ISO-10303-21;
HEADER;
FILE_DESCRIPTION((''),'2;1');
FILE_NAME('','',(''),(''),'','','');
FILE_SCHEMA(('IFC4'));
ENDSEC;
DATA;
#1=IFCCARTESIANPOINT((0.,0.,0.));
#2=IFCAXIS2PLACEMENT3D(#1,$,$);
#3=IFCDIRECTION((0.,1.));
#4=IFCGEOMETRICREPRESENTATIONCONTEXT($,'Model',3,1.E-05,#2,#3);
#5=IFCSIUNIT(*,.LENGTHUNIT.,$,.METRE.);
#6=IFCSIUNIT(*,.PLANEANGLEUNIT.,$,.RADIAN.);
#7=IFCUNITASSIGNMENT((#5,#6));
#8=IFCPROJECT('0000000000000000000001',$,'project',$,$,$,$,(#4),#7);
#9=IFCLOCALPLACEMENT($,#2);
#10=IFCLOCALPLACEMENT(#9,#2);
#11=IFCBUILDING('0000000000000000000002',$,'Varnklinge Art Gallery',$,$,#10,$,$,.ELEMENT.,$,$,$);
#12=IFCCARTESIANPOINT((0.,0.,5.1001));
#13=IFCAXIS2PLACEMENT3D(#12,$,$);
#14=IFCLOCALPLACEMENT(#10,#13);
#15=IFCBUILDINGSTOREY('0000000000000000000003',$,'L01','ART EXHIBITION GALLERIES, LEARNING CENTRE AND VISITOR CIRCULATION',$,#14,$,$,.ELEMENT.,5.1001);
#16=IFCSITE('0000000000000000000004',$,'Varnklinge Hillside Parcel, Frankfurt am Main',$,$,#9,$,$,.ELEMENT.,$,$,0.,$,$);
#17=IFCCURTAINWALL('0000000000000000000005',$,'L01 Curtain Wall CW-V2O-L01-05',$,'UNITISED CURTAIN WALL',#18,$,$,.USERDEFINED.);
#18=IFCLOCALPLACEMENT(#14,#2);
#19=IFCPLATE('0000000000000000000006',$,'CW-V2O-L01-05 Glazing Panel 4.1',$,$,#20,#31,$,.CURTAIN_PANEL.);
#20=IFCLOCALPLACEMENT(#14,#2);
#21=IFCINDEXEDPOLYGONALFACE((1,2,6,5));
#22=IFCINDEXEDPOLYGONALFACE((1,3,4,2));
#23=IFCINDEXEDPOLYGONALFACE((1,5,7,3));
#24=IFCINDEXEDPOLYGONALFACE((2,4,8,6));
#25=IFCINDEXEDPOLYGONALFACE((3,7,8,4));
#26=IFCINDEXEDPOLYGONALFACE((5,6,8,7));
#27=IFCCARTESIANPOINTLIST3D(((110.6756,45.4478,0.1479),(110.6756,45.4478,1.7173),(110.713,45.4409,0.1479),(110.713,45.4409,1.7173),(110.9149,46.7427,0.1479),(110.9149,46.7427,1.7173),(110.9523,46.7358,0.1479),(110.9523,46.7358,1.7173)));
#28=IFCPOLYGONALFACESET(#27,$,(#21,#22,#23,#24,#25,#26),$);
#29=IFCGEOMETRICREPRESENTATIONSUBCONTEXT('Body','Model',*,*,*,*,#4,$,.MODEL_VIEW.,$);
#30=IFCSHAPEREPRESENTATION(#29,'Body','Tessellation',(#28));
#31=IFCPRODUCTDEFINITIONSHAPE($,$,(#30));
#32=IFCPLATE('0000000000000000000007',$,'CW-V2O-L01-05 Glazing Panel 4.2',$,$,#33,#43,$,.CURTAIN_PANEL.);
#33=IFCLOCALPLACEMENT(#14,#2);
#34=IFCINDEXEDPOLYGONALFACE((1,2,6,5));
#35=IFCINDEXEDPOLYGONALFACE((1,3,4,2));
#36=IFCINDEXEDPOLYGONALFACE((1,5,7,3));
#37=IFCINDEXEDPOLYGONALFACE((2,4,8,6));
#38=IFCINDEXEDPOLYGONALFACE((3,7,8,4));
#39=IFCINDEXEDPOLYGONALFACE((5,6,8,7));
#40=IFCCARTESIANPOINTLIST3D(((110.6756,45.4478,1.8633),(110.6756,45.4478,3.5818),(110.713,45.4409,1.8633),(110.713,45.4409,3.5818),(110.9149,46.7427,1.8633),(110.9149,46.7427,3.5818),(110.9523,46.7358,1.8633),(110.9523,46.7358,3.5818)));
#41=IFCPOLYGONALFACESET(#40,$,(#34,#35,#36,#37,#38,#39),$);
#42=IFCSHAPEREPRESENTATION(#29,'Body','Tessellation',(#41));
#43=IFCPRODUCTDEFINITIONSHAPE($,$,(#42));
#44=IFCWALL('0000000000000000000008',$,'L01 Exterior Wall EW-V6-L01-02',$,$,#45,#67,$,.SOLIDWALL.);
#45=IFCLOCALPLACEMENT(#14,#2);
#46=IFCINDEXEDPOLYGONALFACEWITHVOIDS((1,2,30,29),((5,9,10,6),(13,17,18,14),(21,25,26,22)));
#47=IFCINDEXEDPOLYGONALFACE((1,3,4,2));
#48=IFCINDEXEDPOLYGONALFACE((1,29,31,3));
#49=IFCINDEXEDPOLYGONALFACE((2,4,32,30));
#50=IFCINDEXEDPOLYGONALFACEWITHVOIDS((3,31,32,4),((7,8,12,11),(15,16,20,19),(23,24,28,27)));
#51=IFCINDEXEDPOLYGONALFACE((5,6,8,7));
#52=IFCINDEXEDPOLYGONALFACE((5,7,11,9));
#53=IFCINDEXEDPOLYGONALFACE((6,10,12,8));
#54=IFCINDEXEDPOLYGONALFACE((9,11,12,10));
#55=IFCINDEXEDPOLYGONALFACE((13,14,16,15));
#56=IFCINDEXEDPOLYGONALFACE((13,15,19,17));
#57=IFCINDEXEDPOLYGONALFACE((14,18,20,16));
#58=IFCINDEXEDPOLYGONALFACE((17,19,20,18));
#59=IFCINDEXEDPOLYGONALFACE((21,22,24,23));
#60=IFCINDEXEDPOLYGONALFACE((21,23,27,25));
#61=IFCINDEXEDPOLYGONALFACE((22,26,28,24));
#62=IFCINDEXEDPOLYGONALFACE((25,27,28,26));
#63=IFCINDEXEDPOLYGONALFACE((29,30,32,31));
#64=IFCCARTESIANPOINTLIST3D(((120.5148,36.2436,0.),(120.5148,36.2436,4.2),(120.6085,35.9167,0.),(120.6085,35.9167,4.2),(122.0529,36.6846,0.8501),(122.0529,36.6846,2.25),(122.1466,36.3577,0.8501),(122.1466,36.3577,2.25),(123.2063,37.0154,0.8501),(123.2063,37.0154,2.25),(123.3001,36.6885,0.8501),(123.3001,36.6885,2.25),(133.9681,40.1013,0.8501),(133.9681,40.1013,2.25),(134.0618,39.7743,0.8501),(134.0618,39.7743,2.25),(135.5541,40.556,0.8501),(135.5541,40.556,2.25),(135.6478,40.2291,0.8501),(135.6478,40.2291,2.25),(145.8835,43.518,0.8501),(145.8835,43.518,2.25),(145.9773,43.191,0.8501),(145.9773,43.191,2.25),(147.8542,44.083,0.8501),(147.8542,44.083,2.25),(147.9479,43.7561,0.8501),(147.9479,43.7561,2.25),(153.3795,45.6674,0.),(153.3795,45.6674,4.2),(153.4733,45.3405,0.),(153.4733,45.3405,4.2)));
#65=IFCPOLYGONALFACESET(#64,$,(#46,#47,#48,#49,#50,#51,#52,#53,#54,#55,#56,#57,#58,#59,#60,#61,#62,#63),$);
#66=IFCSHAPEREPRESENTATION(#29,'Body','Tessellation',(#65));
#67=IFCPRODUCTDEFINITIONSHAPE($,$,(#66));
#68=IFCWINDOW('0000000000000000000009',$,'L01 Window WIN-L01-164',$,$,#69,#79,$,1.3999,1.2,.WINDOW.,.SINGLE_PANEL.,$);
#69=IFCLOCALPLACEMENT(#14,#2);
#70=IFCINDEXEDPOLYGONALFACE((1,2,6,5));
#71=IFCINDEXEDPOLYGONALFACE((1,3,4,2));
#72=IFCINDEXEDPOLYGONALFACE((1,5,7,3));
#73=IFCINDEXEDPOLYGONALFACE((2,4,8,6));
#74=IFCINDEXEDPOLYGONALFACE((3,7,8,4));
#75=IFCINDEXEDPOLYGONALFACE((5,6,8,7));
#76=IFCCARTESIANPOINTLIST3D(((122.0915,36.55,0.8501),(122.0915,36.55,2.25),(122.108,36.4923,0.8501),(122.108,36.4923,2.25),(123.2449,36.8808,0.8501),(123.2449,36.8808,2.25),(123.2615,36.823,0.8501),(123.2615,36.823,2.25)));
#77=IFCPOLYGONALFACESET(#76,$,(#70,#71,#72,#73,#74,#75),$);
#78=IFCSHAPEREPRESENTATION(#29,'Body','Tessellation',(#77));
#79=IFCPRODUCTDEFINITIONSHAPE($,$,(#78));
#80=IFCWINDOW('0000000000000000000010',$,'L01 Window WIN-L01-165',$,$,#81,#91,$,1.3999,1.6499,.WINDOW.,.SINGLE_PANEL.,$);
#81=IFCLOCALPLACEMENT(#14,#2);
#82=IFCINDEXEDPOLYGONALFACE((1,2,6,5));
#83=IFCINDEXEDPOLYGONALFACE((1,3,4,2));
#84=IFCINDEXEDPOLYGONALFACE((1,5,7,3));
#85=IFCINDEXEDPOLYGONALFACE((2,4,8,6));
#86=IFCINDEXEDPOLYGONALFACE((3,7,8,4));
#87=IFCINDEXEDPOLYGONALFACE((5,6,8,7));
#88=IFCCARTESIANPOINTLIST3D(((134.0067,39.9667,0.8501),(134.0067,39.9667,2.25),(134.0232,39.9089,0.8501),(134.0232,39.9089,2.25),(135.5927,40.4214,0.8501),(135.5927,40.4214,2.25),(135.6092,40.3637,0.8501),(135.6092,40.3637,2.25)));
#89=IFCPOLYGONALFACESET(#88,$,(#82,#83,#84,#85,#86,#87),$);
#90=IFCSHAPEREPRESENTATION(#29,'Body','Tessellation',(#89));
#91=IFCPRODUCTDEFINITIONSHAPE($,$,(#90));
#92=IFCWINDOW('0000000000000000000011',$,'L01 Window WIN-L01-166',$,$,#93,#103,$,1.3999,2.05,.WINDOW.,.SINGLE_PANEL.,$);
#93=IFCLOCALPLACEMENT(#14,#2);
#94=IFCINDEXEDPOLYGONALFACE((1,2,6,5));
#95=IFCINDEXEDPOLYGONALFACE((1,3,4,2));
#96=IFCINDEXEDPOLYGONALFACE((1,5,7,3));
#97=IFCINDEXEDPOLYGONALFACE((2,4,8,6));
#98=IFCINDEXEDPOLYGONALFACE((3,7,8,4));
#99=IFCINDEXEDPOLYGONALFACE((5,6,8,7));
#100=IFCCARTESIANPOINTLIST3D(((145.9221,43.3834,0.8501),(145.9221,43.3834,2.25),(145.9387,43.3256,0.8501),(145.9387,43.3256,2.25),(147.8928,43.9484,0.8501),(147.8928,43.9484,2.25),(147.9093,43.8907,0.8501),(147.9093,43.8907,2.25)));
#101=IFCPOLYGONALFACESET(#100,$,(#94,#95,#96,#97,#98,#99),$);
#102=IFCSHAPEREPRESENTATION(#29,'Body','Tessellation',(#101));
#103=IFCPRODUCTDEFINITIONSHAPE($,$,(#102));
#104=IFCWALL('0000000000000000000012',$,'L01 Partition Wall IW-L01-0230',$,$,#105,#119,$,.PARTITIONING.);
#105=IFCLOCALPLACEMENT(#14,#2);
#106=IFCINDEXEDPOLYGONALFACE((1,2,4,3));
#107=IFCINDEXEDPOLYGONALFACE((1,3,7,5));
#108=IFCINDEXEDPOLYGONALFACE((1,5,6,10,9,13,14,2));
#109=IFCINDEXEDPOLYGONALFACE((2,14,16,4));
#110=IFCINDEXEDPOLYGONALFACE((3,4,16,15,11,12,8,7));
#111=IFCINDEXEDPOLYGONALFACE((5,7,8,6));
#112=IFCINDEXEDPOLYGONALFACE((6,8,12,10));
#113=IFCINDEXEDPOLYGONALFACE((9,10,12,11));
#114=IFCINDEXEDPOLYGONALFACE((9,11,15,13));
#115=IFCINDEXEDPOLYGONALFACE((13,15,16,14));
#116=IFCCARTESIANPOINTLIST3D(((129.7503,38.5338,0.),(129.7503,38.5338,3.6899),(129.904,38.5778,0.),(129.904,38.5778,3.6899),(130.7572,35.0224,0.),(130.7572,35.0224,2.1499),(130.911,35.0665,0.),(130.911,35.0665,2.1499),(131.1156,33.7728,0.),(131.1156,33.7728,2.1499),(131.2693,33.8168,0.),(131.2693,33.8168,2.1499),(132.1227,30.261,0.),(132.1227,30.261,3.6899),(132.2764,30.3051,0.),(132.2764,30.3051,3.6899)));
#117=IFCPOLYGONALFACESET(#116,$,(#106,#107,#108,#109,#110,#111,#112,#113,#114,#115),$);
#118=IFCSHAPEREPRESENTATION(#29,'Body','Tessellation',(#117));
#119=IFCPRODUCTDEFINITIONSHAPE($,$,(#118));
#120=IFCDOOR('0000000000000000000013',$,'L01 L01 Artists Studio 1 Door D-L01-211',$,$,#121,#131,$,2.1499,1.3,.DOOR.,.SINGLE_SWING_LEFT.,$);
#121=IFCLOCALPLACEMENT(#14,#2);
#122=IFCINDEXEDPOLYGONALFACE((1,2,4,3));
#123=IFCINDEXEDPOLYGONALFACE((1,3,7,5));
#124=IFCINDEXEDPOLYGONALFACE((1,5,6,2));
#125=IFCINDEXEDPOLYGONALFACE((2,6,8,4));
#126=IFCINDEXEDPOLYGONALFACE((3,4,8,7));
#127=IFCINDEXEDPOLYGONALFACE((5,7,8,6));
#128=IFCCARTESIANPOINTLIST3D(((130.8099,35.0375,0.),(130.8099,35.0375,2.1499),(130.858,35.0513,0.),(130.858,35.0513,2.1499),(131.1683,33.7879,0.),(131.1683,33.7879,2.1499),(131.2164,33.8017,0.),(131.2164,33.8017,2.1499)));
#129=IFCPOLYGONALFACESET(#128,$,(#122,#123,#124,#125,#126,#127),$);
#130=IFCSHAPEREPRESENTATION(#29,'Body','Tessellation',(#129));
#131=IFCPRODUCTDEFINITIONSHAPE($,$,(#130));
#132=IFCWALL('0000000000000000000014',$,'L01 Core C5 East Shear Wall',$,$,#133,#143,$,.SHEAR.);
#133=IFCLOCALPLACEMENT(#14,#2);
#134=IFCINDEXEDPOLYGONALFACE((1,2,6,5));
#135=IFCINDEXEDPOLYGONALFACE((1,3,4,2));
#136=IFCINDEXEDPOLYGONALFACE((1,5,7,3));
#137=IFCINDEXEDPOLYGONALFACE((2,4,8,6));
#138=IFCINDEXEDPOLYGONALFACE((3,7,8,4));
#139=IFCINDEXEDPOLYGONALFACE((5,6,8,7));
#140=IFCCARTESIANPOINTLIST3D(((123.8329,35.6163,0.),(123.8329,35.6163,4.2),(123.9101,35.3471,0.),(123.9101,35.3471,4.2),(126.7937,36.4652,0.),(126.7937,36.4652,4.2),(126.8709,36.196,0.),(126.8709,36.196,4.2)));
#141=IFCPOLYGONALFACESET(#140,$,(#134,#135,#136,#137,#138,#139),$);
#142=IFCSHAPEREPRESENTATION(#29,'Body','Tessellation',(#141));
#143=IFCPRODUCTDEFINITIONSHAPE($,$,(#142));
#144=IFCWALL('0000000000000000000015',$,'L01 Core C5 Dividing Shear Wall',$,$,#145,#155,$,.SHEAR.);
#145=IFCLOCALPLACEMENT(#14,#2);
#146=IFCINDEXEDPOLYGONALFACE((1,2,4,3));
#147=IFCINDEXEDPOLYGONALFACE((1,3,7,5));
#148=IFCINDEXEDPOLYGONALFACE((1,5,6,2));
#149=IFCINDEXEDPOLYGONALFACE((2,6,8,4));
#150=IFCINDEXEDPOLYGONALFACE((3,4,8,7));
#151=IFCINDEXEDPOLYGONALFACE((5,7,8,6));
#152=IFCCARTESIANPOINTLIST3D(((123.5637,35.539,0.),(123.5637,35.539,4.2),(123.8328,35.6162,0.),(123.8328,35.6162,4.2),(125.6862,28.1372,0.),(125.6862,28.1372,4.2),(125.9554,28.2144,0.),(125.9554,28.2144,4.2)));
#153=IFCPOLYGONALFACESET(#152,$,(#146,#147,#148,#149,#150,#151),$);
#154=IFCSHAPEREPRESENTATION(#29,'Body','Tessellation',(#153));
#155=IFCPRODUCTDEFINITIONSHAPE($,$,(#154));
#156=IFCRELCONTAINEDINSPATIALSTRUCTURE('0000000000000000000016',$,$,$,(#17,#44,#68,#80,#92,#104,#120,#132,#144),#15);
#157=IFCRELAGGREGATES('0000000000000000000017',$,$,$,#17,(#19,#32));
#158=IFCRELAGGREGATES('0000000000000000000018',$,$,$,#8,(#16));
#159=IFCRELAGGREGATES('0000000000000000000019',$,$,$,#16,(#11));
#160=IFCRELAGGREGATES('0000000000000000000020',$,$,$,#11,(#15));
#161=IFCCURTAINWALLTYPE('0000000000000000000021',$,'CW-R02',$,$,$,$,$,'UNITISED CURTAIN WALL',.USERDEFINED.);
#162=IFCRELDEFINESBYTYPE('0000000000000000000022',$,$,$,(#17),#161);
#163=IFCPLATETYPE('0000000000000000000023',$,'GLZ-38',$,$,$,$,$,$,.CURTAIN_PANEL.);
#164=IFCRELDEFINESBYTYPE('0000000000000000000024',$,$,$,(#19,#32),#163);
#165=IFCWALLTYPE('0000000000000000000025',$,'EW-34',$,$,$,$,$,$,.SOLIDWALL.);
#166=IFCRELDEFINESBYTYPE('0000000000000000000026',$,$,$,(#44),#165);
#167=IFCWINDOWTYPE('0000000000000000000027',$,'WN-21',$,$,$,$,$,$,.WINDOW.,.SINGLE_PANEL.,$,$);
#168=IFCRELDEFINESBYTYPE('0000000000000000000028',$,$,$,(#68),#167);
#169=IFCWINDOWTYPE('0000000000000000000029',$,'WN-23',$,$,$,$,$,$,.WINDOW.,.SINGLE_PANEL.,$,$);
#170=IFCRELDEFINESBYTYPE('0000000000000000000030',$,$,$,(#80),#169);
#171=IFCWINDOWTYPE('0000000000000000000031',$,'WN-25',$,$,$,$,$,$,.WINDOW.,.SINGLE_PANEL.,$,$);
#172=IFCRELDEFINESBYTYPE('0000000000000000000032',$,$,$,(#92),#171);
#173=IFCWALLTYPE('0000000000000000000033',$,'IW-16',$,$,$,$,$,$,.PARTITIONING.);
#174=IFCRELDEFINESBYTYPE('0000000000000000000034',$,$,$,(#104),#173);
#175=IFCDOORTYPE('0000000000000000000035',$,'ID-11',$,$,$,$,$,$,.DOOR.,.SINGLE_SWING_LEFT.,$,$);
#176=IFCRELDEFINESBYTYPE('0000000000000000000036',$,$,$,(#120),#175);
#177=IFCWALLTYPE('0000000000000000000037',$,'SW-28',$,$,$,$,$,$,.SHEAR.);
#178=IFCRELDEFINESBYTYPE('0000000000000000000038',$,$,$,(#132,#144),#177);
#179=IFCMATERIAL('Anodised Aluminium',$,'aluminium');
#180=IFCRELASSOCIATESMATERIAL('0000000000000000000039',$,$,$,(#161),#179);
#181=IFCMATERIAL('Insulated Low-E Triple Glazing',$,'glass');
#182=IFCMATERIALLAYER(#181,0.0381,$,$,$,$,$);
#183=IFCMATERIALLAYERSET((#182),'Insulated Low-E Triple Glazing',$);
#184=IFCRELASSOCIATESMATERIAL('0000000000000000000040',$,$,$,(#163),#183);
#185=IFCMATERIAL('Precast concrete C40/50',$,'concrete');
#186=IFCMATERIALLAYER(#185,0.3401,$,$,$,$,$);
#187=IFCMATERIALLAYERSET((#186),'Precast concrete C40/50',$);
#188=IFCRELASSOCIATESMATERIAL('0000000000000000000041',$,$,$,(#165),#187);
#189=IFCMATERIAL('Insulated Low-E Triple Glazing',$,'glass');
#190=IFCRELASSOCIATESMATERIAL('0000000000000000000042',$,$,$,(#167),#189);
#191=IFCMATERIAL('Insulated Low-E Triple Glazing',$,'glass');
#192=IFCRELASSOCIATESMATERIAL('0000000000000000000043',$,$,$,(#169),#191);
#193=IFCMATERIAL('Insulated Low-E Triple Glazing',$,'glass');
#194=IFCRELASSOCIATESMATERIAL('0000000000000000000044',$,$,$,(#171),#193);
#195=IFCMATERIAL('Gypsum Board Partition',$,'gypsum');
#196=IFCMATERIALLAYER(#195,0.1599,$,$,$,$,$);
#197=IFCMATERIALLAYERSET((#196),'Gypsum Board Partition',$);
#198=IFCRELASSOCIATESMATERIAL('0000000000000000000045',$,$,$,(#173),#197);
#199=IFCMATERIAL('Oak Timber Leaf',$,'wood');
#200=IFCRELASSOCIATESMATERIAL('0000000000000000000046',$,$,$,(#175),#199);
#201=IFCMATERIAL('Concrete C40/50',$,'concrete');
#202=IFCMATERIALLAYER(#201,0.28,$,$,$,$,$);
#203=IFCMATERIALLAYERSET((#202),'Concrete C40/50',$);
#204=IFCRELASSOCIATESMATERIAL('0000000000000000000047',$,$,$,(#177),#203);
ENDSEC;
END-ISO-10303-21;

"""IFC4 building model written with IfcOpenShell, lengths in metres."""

from ifc_helpers import new_model, si_unit, direction, frame, frame_2d, origin, origin_2d, place, context, subcontext, project, spatial, rectangle, extrude, material, layer, layer_set, type_object, element, fill, aggregate, save


model = new_model("IFC4")

# Units and contexts
model_context = context("Model", 3, precision=1e-05, world=origin(), true_north=direction((0.0, 1.0)))
body_context = subcontext(model_context, "Body", "Model", "MODEL_VIEW")
ifc_project = project(units=[si_unit("LENGTHUNIT", "METRE"), si_unit("PLANEANGLEUNIT", "RADIAN")], contexts=[model_context])

# Site, building, storey
site_placement = place(None, origin())
site = spatial("IfcSite", under=ifc_project, at=site_placement, Name="Varnklinge Hillside Parcel, Frankfurt am Main", CompositionType="ELEMENT", RefElevation=0.0)
building_placement = place(site_placement, origin())
building = spatial("IfcBuilding", under=site, at=building_placement, Name="Varnklinge Art Gallery", CompositionType="ELEMENT")
storey_placement = place(building_placement, frame((0.0, 0.0, 5.1001)))
storey = spatial("IfcBuildingStorey", under=building, at=storey_placement, Name="L01", Description="ART EXHIBITION GALLERIES, LEARNING CENTRE AND VISITOR CIRCULATION", CompositionType="ELEMENT", Elevation=5.1001)

# Curtain wall, plates
ifc_material_1 = material(Name="Anodised Aluminium", Category="aluminium")
curtain_wall_type = type_object("IfcCurtainWallType", Name="CW-R02", ElementType="UNITISED CURTAIN WALL", PredefinedType="USERDEFINED", material=ifc_material_1)
curtain_wall_placement = place(storey_placement, origin())
curtain_wall = element("IfcCurtainWall", 1, at=curtain_wall_placement, inside=storey, type_object=curtain_wall_type, Name="L01 Curtain Wall CW-V2O-L01-05", ObjectType="UNITISED CURTAIN WALL", PredefinedType="USERDEFINED")
ifc_material_2 = material(Name="Insulated Low-E Triple Glazing", Category="glass")
ifc_layer_1 = layer(ifc_material_2, 0.0381)
ifc_layer_set_1 = layer_set([ifc_layer_1], Name="Insulated Low-E Triple Glazing")
plate_type = type_object("IfcPlateType", Name="GLZ-38", PredefinedType="CURTAIN_PANEL", material=ifc_layer_set_1)
plate_1_placement = place(storey_placement, frame((110.814, 46.0918, 0.1479), z_axis=(0.0, 0.0, 1.0), x_axis=(0.181721, 0.98335, 0.0)))
plate_1 = element("IfcPlate", 2, at=plate_1_placement, type_object=plate_type, Name="CW-V2O-L01-05 Glazing Panel 4.1", PredefinedType="CURTAIN_PANEL", context=body_context, shape_type="SweptSolid", body=[
    extrude(rectangle(XDim=1.3169, YDim=0.0381, at=origin_2d()), origin(), (0.0, 0.0, 1.0), 1.5693),
])
plate_2_placement = place(storey_placement, frame((110.814, 46.0918, 1.8633), z_axis=(0.0, 0.0, 1.0), x_axis=(0.181721, 0.98335, 0.0)))
plate_2 = element("IfcPlate", 3, at=plate_2_placement, type_object=plate_type, Name="CW-V2O-L01-05 Glazing Panel 4.2", PredefinedType="CURTAIN_PANEL", context=body_context, shape_type="SweptSolid", body=[
    extrude(rectangle(XDim=1.3169, YDim=0.0381, at=origin_2d()), origin(), (0.0, 0.0, 1.0), 1.7185),
])
aggregate(curtain_wall, [plate_1, plate_2])

# Wall, openings, windows
ifc_material_3 = material(Name="Precast concrete C40/50", Category="concrete")
ifc_layer_2 = layer(ifc_material_3, 0.3401)
ifc_layer_set_2 = layer_set([ifc_layer_2], Name="Precast concrete C40/50")
wall_type_1 = type_object("IfcWallType", Name="EW-34", PredefinedType="SOLIDWALL", material=ifc_layer_set_2)
wall_1_placement = place(storey_placement, frame((120.5615, 36.0801, 0.0), z_axis=(0.0, 0.0, 1.0), x_axis=(0.961262, 0.275638, 0.0)))
wall_1 = element("IfcWall", 4, at=wall_1_placement, inside=storey, type_object=wall_type_1, Name="L01 Exterior Wall EW-V6-L01-02", PredefinedType="SOLIDWALL", context=body_context, shape_type="SweptSolid", body=[
    extrude(rectangle(XDim=34.1892, YDim=0.3401, at=frame_2d((17.0947, 0.0))), origin(), (0.0, 0.0, 1.0), 4.2),
])
opening_1_placement = place(wall_1_placement, frame((1.6001, 0.0, 0.8501)))
opening_1 = element("IfcOpeningElement", 5, at=opening_1_placement, cuts=wall_1, PredefinedType="OPENING", context=body_context, shape_type="SweptSolid", body=[
    extrude(rectangle(XDim=1.2, YDim=1.3999, at=frame_2d((0.6001, 0.7))), frame((0.0, 0.1799, 0.0), z_axis=(0.0, -1.0, 0.0), x_axis=(1.0, 0.0, 0.0)), (0.0, 0.0, 1.0), 0.3601),
])
opening_2_placement = place(wall_1_placement, frame((13.9956, 0.0, 0.8501)))
opening_2 = element("IfcOpeningElement", 6, at=opening_2_placement, cuts=wall_1, PredefinedType="OPENING", context=body_context, shape_type="SweptSolid", body=[
    extrude(rectangle(XDim=1.6499, YDim=1.3999, at=frame_2d((0.825, 0.7))), frame((0.0, 0.1799, 0.0), z_axis=(0.0, -1.0, 0.0), x_axis=(1.0, 0.0, 0.0)), (0.0, 0.0, 1.0), 0.3601),
])
opening_3_placement = place(wall_1_placement, frame((26.3914, 0.0, 0.8501)))
opening_3 = element("IfcOpeningElement", 7, at=opening_3_placement, cuts=wall_1, PredefinedType="OPENING", context=body_context, shape_type="SweptSolid", body=[
    extrude(rectangle(XDim=2.05, YDim=1.3999, at=frame_2d((1.0249, 0.7))), frame((0.0, 0.1799, 0.0), z_axis=(0.0, -1.0, 0.0), x_axis=(1.0, 0.0, 0.0)), (0.0, 0.0, 1.0), 0.3601),
])
ifc_material_4 = material(Name="Insulated Low-E Triple Glazing", Category="glass")
window_type_1 = type_object("IfcWindowType", Name="WN-21", PartitioningType="SINGLE_PANEL", PredefinedType="WINDOW", material=ifc_material_4)
window_1_placement = place(opening_1_placement, origin())
window_1 = element("IfcWindow", 8, at=window_1_placement, inside=storey, type_object=window_type_1, Name="L01 Window WIN-L01-164", OverallHeight=1.3999, OverallWidth=1.2, PartitioningType="SINGLE_PANEL", PredefinedType="WINDOW", context=body_context, shape_type="SweptSolid", body=[
    extrude(rectangle(XDim=1.2, YDim=1.3999, at=frame_2d((0.6001, 0.7))), frame((0.0, 0.03, 0.0), z_axis=(0.0, -1.0, 0.0), x_axis=(1.0, 0.0, 0.0)), (0.0, 0.0, 1.0), 0.0601),
])
fill(opening_1, window_1)
ifc_material_5 = material(Name="Insulated Low-E Triple Glazing", Category="glass")
window_type_2 = type_object("IfcWindowType", Name="WN-23", PartitioningType="SINGLE_PANEL", PredefinedType="WINDOW", material=ifc_material_5)
window_2_placement = place(opening_2_placement, origin())
window_2 = element("IfcWindow", 9, at=window_2_placement, inside=storey, type_object=window_type_2, Name="L01 Window WIN-L01-165", OverallHeight=1.3999, OverallWidth=1.6499, PartitioningType="SINGLE_PANEL", PredefinedType="WINDOW", context=body_context, shape_type="SweptSolid", body=[
    extrude(rectangle(XDim=1.6499, YDim=1.3999, at=frame_2d((0.825, 0.7))), frame((0.0, 0.03, 0.0), z_axis=(0.0, -1.0, 0.0), x_axis=(1.0, 0.0, 0.0)), (0.0, 0.0, 1.0), 0.0601),
])
fill(opening_2, window_2)
ifc_material_6 = material(Name="Insulated Low-E Triple Glazing", Category="glass")
window_type_3 = type_object("IfcWindowType", Name="WN-25", PartitioningType="SINGLE_PANEL", PredefinedType="WINDOW", material=ifc_material_6)
window_3_placement = place(opening_3_placement, origin())
window_3 = element("IfcWindow", 10, at=window_3_placement, inside=storey, type_object=window_type_3, Name="L01 Window WIN-L01-166", OverallHeight=1.3999, OverallWidth=2.05, PartitioningType="SINGLE_PANEL", PredefinedType="WINDOW", context=body_context, shape_type="SweptSolid", body=[
    extrude(rectangle(XDim=2.05, YDim=1.3999, at=frame_2d((1.0249, 0.7))), frame((0.0, 0.03, 0.0), z_axis=(0.0, -1.0, 0.0), x_axis=(1.0, 0.0, 0.0)), (0.0, 0.0, 1.0), 0.0601),
])
fill(opening_3, window_3)

# Wall, opening, door
ifc_material_7 = material(Name="Gypsum Board Partition", Category="gypsum")
ifc_layer_3 = layer(ifc_material_7, 0.1599)
ifc_layer_set_3 = layer_set([ifc_layer_3], Name="Gypsum Board Partition")
wall_type_2 = type_object("IfcWallType", Name="IW-16", PredefinedType="PARTITIONING", material=ifc_layer_set_3)
wall_2_placement = place(storey_placement, frame((129.8271, 38.5559, 0.0), z_axis=(0.0, 0.0, 1.0), x_axis=(0.275654, -0.961257, 0.0)))
wall_2 = element("IfcWall", 11, at=wall_2_placement, inside=storey, type_object=wall_type_2, Name="L01 Partition Wall IW-L01-0230", PredefinedType="PARTITIONING", context=body_context, shape_type="SweptSolid", body=[
    extrude(rectangle(XDim=8.6062, YDim=0.1599, at=frame_2d((4.3032, 0.0))), origin(), (0.0, 0.0, 1.0), 3.6899),
])
opening_4_placement = place(wall_2_placement, frame((3.6531, 0.0, 0.0)))
opening_4 = element("IfcOpeningElement", 12, at=opening_4_placement, cuts=wall_2, PredefinedType="OPENING", context=body_context, shape_type="SweptSolid", body=[
    extrude(rectangle(XDim=1.3, YDim=2.1499, at=frame_2d((0.6499, 1.075))), frame((0.0, 0.0901, 0.0), z_axis=(0.0, -1.0, 0.0), x_axis=(1.0, 0.0, 0.0)), (0.0, 0.0, 1.0), 0.1799),
])
ifc_material_8 = material(Name="Oak Timber Leaf", Category="wood")
door_type = type_object("IfcDoorType", Name="ID-11", OperationType="SINGLE_SWING_LEFT", PredefinedType="DOOR", material=ifc_material_8)
door_placement = place(opening_4_placement, origin())
door = element("IfcDoor", 13, at=door_placement, inside=storey, type_object=door_type, Name="L01 L01 Artists Studio 1 Door D-L01-211", OperationType="SINGLE_SWING_LEFT", OverallHeight=2.1499, OverallWidth=1.3, PredefinedType="DOOR", context=body_context, shape_type="SweptSolid", body=[
    extrude(rectangle(XDim=1.3, YDim=2.1499, at=frame_2d((0.6499, 1.075))), frame((0.0, 0.0249, 0.0), z_axis=(0.0, -1.0, 0.0), x_axis=(1.0, 0.0, 0.0)), (0.0, 0.0, 1.0), 0.05),
])
fill(opening_4, door)

# Walls
ifc_material_9 = material(Name="Concrete C40/50", Category="concrete")
ifc_layer_4 = layer(ifc_material_9, 0.28)
ifc_layer_set_4 = layer_set([ifc_layer_4], Name="Concrete C40/50")
wall_type_3 = type_object("IfcWallType", Name="SW-28", PredefinedType="SHEAR", material=ifc_layer_set_4)
wall_3_placement = place(storey_placement, frame((126.8323, 36.3306, 0.0), z_axis=(0.0, 0.0, 1.0), x_axis=(-0.961269, -0.275611, 0.0)))
element("IfcWall", 14, at=wall_3_placement, inside=storey, type_object=wall_type_3, Name="L01 Core C5 East Shear Wall", PredefinedType="SHEAR", context=body_context, shape_type="SweptSolid", body=[
    extrude(rectangle(XDim=3.0801, YDim=0.28, at=frame_2d((1.54, 0.0))), origin(), (0.0, 0.0, 1.0), 4.2),
])
wall_4_placement = place(storey_placement, frame((123.6982, 35.5776, 0.0), z_axis=(0.0, 0.0, 1.0), x_axis=(0.275651, -0.961258, 0.0)))
element("IfcWall", 15, at=wall_4_placement, inside=storey, type_object=wall_type_3, Name="L01 Core C5 Dividing Shear Wall", PredefinedType="SHEAR", context=body_context, shape_type="SweptSolid", body=[
    extrude(rectangle(XDim=7.7002, YDim=0.28, at=frame_2d((3.8501, 0.0))), origin(), (0.0, 0.0, 1.0), 4.2),
])

save(model, "model.ifc")
